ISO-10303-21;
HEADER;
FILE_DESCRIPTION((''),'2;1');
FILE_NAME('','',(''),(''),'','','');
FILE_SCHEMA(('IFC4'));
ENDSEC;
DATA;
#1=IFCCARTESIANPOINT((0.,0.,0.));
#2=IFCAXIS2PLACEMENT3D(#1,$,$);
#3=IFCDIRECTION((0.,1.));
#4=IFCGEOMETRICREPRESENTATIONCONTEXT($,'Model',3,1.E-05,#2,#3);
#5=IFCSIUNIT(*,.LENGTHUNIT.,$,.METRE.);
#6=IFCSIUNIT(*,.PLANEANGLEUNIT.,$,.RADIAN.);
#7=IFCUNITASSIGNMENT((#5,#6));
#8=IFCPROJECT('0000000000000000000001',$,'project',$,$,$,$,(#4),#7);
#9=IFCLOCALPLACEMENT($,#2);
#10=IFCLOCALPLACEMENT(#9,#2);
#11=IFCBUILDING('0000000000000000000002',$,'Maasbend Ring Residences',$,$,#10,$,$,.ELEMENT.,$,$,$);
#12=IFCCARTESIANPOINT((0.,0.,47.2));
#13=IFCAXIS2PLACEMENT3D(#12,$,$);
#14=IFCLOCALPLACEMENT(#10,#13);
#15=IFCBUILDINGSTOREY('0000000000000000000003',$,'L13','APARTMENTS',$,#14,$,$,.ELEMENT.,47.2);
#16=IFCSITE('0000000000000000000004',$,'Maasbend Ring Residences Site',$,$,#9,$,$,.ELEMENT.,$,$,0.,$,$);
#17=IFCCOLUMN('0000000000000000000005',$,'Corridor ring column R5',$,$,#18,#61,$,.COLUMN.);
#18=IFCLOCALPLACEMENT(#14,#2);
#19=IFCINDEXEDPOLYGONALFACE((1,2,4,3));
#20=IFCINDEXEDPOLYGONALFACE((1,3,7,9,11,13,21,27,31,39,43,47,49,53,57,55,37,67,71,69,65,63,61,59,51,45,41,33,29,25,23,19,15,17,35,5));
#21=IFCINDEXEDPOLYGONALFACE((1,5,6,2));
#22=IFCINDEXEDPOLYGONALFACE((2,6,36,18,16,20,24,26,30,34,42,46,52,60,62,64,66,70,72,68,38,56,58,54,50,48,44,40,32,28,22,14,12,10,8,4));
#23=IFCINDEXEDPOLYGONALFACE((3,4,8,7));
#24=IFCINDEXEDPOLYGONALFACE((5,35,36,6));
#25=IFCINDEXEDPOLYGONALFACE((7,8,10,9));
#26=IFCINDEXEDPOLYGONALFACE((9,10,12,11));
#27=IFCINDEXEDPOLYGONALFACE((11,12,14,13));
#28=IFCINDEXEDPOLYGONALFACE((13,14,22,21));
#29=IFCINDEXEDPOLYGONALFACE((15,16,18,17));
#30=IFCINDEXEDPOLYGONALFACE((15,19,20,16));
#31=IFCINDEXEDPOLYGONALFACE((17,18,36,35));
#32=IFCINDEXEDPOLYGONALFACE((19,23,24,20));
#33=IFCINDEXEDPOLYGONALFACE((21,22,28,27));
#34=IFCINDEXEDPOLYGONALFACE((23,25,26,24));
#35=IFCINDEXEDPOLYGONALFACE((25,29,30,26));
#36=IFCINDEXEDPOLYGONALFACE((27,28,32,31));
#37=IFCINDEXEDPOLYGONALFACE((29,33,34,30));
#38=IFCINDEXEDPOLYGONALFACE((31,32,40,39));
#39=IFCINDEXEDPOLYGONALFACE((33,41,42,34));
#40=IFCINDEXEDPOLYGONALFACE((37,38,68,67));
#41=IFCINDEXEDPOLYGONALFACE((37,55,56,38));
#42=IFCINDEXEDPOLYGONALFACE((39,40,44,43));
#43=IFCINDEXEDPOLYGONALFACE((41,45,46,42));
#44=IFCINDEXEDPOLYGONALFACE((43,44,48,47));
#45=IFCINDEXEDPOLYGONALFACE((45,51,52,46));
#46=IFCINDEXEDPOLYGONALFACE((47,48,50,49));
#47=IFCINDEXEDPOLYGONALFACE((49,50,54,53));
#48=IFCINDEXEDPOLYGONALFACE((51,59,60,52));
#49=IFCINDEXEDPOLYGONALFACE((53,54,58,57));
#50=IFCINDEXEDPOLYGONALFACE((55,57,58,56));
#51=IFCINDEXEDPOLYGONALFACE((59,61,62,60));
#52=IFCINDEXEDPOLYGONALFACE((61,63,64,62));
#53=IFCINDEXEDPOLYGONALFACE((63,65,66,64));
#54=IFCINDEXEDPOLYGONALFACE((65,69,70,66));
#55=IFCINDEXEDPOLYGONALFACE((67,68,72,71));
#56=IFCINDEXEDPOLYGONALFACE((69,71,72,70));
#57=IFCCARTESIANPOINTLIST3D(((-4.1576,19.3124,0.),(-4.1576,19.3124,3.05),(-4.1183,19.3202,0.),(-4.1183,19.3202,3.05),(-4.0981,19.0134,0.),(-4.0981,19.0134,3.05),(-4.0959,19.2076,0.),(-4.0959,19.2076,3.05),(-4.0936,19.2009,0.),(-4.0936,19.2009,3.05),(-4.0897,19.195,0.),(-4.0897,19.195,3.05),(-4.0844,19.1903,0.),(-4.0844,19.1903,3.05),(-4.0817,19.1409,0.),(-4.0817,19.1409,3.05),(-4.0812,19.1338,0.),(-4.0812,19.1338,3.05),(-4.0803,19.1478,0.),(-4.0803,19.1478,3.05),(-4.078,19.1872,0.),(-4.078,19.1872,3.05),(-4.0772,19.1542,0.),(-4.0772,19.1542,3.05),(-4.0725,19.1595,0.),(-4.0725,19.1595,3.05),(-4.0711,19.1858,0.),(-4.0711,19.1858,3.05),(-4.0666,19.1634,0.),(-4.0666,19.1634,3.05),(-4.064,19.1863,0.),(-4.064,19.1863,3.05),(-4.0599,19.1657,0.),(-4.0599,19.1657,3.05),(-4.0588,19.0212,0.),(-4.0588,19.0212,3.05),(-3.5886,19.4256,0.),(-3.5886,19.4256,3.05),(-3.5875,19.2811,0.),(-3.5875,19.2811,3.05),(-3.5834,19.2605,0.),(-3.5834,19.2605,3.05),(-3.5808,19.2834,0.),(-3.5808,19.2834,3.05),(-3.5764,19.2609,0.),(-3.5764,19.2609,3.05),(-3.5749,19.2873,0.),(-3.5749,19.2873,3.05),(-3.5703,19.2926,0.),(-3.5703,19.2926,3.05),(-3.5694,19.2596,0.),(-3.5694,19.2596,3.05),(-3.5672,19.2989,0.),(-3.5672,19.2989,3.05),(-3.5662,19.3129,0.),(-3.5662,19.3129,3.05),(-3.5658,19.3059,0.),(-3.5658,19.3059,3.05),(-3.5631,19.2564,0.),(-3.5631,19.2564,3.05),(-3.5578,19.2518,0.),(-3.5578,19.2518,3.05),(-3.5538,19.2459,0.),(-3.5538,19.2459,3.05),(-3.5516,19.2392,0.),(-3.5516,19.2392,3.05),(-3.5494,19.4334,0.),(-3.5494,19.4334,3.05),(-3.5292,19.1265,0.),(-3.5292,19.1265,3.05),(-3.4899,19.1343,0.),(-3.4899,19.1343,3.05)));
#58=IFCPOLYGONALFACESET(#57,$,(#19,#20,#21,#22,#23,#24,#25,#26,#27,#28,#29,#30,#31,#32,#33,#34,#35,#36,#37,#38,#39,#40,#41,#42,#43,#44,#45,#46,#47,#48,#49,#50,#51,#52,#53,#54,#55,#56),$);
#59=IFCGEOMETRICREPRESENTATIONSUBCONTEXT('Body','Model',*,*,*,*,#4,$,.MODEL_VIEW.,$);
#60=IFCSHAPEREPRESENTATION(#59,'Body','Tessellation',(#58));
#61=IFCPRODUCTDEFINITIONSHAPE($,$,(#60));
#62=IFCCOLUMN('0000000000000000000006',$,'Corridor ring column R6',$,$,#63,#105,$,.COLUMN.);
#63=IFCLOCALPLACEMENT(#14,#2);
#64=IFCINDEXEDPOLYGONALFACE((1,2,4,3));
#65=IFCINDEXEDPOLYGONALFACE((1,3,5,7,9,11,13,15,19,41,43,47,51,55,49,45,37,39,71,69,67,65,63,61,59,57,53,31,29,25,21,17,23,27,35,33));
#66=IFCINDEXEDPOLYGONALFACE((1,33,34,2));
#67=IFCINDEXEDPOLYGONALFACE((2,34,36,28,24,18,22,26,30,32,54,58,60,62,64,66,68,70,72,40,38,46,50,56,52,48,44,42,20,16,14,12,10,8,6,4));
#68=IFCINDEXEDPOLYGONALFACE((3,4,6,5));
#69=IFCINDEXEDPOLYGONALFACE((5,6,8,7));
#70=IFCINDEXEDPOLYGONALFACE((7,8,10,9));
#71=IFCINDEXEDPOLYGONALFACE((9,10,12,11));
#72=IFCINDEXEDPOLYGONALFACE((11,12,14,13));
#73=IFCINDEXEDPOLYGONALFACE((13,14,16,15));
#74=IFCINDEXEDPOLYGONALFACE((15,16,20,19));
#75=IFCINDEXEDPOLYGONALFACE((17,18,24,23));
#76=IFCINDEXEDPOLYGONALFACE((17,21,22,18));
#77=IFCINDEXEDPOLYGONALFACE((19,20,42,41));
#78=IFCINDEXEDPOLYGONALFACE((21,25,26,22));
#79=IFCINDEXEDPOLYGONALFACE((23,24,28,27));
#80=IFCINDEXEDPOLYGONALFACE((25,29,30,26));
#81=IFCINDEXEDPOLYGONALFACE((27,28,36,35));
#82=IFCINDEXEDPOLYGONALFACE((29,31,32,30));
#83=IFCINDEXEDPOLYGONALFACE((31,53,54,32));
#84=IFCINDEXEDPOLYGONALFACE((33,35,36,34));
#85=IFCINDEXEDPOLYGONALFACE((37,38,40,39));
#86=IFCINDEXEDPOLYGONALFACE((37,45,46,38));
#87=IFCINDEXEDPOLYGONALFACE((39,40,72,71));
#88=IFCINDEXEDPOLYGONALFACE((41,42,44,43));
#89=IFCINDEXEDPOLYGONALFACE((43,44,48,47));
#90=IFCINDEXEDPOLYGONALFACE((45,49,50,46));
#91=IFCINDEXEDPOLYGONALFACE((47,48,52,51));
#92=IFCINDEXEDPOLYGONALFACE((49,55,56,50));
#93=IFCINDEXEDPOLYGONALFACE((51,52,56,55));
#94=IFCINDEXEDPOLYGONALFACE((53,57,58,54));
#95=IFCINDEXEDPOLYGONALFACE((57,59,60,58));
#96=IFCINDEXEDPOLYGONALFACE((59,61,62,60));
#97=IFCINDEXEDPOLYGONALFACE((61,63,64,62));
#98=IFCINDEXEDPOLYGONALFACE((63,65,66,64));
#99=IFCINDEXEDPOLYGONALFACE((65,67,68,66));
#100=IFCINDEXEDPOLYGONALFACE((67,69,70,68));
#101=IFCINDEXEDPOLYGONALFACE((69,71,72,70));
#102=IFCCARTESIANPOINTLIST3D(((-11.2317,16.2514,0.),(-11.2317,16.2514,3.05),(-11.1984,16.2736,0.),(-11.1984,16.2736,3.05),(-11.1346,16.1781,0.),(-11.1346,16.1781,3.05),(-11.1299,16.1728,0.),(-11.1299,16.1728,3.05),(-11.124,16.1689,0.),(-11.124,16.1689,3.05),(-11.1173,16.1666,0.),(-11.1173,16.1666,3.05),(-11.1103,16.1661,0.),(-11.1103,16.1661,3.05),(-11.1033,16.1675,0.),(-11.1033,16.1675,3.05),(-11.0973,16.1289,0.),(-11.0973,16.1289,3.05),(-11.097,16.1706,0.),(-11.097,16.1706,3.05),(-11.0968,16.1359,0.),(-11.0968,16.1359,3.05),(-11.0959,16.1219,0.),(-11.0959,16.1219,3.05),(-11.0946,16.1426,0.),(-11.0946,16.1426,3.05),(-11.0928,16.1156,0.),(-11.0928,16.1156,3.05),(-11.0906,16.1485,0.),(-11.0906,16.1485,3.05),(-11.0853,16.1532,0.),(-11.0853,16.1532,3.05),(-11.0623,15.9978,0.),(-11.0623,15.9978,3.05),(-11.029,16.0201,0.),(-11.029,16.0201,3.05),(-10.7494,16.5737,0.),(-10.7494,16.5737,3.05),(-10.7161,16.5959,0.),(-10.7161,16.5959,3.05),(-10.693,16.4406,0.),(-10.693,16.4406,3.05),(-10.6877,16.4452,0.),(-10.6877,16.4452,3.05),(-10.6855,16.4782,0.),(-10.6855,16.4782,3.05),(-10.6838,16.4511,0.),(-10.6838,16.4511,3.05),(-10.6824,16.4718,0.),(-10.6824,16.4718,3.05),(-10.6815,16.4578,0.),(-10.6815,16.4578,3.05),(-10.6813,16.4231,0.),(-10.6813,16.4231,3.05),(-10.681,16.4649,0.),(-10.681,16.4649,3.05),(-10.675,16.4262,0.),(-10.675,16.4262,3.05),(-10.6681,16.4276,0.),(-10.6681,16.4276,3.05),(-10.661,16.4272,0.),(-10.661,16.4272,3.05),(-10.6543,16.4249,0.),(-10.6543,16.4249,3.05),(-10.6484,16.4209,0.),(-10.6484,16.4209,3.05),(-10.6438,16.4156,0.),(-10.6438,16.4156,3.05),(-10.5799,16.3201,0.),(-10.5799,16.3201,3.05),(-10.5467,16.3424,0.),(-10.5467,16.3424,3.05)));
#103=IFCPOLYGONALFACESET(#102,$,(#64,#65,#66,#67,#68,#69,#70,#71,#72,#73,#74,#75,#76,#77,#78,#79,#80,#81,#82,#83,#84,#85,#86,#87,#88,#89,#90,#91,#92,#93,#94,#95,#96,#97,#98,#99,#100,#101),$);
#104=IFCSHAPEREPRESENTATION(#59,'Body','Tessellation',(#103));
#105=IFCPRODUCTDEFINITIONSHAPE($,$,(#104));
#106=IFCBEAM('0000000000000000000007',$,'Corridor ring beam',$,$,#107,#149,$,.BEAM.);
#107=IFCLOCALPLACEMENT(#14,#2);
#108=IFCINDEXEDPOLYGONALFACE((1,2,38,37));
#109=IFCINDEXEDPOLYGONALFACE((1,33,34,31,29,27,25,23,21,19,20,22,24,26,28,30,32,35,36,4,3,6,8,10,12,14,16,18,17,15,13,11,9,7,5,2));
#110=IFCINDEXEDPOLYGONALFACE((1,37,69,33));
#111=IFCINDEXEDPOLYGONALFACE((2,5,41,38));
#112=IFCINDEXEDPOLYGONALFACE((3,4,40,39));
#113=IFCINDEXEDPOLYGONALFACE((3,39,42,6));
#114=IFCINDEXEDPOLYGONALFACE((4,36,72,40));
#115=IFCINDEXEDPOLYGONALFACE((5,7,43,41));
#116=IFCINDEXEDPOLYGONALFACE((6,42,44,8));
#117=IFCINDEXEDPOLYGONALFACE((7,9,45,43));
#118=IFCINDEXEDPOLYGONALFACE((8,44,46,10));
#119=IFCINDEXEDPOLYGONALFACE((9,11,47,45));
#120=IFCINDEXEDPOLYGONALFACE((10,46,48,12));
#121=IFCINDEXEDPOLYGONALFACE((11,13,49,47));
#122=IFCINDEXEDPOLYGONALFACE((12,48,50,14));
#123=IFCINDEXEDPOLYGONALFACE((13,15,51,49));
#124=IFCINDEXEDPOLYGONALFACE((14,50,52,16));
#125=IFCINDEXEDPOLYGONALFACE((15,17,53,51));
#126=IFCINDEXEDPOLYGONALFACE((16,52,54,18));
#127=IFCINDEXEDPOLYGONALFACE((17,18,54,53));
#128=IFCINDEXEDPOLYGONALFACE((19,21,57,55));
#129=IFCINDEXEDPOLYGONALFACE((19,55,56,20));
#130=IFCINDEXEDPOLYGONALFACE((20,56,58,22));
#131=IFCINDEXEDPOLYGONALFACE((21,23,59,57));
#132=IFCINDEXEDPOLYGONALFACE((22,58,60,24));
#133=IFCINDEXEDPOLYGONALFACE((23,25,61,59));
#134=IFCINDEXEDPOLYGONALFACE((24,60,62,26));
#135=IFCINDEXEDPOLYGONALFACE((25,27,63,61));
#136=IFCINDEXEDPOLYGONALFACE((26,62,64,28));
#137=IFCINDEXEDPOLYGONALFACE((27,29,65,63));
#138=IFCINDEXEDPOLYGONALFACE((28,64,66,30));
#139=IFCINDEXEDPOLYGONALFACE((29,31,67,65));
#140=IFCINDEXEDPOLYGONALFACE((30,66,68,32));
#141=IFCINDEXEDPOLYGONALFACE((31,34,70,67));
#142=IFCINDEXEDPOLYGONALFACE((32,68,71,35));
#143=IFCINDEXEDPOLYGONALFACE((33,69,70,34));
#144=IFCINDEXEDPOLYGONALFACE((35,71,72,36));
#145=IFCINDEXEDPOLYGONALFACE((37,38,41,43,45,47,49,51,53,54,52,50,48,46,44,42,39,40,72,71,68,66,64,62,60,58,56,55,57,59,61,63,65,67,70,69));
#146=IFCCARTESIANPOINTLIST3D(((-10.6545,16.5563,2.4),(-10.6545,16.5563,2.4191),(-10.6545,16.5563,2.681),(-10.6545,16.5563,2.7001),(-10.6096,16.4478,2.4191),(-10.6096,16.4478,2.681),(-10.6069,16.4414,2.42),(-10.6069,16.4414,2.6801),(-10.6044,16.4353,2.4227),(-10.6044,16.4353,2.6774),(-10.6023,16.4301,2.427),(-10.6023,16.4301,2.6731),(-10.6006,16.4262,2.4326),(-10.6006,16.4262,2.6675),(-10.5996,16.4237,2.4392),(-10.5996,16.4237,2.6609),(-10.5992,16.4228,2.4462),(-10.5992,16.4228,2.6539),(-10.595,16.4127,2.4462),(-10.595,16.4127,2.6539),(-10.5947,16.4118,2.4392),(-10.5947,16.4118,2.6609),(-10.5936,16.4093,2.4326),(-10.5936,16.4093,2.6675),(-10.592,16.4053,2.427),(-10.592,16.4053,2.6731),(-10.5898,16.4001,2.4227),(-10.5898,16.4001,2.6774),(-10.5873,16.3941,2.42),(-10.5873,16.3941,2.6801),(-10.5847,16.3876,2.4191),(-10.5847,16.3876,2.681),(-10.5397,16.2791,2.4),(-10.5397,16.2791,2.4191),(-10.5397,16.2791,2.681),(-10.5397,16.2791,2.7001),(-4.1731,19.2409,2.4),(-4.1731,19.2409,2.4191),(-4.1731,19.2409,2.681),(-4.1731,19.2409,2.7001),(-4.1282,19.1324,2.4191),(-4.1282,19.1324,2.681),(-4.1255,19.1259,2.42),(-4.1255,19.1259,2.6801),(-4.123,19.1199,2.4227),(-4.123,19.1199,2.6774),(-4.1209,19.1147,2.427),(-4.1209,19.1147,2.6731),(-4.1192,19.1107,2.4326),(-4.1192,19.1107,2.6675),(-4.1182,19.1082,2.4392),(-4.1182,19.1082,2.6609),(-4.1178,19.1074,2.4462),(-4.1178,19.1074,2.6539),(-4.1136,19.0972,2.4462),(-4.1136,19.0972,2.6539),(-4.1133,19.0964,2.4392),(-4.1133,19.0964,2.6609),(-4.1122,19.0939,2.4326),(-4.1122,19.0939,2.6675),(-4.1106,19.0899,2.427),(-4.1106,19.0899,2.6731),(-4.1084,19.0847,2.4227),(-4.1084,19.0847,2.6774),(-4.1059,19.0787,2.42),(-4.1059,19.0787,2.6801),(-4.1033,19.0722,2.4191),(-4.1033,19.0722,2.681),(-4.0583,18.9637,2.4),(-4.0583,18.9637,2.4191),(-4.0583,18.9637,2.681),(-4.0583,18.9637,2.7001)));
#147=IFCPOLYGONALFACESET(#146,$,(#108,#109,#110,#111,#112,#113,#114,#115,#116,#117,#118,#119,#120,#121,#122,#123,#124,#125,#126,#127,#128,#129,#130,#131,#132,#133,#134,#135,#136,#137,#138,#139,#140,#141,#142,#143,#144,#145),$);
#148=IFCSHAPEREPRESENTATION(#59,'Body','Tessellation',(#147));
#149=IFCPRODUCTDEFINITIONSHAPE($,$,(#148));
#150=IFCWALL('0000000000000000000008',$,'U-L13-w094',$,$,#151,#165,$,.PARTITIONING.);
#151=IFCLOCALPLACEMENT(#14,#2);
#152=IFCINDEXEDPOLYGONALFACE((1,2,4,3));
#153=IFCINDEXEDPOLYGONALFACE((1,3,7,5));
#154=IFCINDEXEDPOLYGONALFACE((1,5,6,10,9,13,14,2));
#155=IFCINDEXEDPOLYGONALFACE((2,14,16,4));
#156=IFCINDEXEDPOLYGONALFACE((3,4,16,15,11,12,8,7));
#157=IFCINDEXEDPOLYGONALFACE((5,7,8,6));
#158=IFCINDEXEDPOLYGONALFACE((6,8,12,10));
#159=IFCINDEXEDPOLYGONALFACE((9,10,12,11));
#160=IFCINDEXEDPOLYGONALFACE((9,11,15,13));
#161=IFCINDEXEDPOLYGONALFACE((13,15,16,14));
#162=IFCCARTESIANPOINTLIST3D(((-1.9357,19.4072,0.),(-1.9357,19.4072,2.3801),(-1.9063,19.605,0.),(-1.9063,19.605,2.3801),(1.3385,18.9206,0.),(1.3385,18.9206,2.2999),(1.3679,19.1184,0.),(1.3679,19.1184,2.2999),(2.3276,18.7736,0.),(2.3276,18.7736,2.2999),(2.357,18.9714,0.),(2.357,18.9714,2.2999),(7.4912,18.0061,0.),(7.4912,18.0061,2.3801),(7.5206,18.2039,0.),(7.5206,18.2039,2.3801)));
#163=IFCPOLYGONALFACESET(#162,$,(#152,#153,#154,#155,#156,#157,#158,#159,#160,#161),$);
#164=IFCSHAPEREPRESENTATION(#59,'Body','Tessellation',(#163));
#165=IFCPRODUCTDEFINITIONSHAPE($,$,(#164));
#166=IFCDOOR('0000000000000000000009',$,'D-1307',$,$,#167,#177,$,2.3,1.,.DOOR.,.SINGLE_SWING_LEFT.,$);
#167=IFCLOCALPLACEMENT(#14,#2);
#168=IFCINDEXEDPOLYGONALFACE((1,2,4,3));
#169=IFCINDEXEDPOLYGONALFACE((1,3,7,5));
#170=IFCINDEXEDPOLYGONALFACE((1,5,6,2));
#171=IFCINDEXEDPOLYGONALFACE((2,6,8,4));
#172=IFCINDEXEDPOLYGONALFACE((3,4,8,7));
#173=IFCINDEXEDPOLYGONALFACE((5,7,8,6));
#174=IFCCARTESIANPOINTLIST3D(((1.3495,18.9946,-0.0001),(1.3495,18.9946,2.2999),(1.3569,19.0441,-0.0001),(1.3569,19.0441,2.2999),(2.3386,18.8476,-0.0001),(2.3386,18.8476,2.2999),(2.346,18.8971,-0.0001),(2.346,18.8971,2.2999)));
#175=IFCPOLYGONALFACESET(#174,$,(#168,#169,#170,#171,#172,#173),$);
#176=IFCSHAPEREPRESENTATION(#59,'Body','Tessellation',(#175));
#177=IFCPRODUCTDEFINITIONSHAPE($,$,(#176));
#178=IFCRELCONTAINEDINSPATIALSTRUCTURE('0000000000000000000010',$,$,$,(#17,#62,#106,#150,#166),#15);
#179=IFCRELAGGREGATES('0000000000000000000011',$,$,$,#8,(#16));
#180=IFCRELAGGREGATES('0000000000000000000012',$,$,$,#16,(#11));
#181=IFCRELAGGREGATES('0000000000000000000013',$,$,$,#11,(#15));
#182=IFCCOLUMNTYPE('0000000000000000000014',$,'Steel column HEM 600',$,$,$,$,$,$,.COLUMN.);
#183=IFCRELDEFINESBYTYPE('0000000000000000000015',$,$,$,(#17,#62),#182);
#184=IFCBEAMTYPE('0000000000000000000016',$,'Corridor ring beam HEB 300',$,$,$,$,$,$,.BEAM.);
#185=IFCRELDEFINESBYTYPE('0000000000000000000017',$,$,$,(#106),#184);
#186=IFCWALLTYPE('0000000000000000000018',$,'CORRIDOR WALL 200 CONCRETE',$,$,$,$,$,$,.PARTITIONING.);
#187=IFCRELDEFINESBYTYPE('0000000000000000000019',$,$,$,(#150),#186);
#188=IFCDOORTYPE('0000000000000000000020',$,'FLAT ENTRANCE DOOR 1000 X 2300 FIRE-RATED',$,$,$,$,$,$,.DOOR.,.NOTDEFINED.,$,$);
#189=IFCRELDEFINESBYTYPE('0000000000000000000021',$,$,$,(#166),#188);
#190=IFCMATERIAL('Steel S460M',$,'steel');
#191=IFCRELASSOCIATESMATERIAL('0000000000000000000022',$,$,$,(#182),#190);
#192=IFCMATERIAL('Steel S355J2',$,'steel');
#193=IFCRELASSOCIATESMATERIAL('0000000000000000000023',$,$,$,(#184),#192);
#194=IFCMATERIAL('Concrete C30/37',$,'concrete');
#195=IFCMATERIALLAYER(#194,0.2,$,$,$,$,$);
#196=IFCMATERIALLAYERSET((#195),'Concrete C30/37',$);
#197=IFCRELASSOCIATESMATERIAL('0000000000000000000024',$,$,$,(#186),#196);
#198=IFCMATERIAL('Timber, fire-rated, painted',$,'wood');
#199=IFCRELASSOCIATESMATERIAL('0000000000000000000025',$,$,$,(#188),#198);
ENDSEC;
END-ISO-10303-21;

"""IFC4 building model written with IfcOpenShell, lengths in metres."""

from ifc_helpers import new_model, si_unit, direction, frame, frame_2d, origin, origin_2d, place, context, subcontext, project, spatial, rectangle, i_section, extrude, material, layer, layer_set, material_profile, profile_set, type_object, element, fill, save


model = new_model("IFC4")

# Units and contexts
model_context = context("Model", 3, precision=1e-05, world=origin(), true_north=direction((0.0, 1.0)))
body_context = subcontext(model_context, "Body", "Model", "MODEL_VIEW")
ifc_project = project(units=[si_unit("LENGTHUNIT", "METRE"), si_unit("PLANEANGLEUNIT", "RADIAN")], contexts=[model_context])

# Site, building, storey
site_placement = place(None, origin())
site = spatial("IfcSite", under=ifc_project, at=site_placement, Name="Maasbend Ring Residences Site", CompositionType="ELEMENT", RefElevation=0.0)
building_placement = place(site_placement, origin())
building = spatial("IfcBuilding", under=site, at=building_placement, Name="Maasbend Ring Residences", CompositionType="ELEMENT")
storey_placement = place(building_placement, frame((0.0, 0.0, 47.2)))
storey = spatial("IfcBuildingStorey", under=building, at=storey_placement, Name="L13", Description="APARTMENTS", CompositionType="ELEMENT", Elevation=47.2)

# Columns
ifc_material_1 = material(Name="Steel S460M", Category="steel")
ifc_material_profile_1 = material_profile(ifc_material_1, i_section(OverallWidth=0.3049, OverallDepth=0.6201, WebThickness=0.021, FlangeThickness=0.04, FilletRadius=0.0271, at=origin_2d()), Name="HEM 600")
ifc_profile_set_1 = profile_set([ifc_material_profile_1], Name="Steel S460M")
column_type = type_object("IfcColumnType", Name="Steel column HEM 600", PredefinedType="COLUMN", material=ifc_profile_set_1)
for number, where, z_axis, x_axis, name in (
    (1, (-3.8237, 19.2234, 0.0), (0.0, 0.0, 1.0), (-0.19509, 0.980785, 0.0), "Corridor ring column R5"),
    (2, (-10.8892, 16.2969, 0.0), (0.0, 0.0, 1.0), (-0.55557, 0.83147, 0.0), "Corridor ring column R6"),
):
    element("IfcColumn", number, at=place(storey_placement, frame(where, z_axis=z_axis, x_axis=x_axis)), inside=storey, type_object=column_type, Name=name, PredefinedType="COLUMN", context=body_context, shape_type="SweptSolid", body=[
        extrude(i_section(OverallWidth=0.3049, OverallDepth=0.6201, WebThickness=0.021, FlangeThickness=0.04, FilletRadius=0.0271, at=origin_2d()), origin(), (0.0, 0.0, 1.0), 3.05),
    ])

# Beam
ifc_material_2 = material(Name="Steel S355J2", Category="steel")
ifc_material_profile_2 = material_profile(ifc_material_2, i_section(OverallWidth=0.3, OverallDepth=0.3, WebThickness=0.011, FlangeThickness=0.019, FilletRadius=0.0271, at=origin_2d()), Name="HEB 300")
ifc_profile_set_2 = profile_set([ifc_material_profile_2], Name="Steel S355J2")
beam_type = type_object("IfcBeamType", Name="Corridor ring beam HEB 300", PredefinedType="BEAM", material=ifc_profile_set_2)
beam_placement = place(storey_placement, frame((-4.1157, 19.1023, 2.55), z_axis=(-0.923886, -0.382667, 0.0), x_axis=(0.382667, -0.923886, 0.0)))
element("IfcBeam", 3, at=beam_placement, inside=storey, type_object=beam_type, Name="Corridor ring beam", PredefinedType="BEAM", context=body_context, shape_type="SweptSolid", body=[
    extrude(i_section(OverallWidth=0.3, OverallDepth=0.3, WebThickness=0.011, FlangeThickness=0.019, FilletRadius=0.0271, at=origin_2d()), origin(), (0.0, 0.0, 1.0), 7.0154),
])

# Wall, opening, door
ifc_material_3 = material(Name="Concrete C30/37", Category="concrete")
ifc_layer_1 = layer(ifc_material_3, 0.2)
ifc_layer_set_1 = layer_set([ifc_layer_1], Name="Concrete C30/37")
wall_type_1 = type_object("IfcWallType", Name="CORRIDOR WALL 200 CONCRETE", PredefinedType="PARTITIONING", material=ifc_layer_set_1)
wall_1_placement = place(storey_placement, frame((-1.9209, 19.5061, 0.0), z_axis=(0.0, 0.0, 1.0), x_axis=(0.989134, -0.147014, 0.0)))
wall_1 = element("IfcWall", 4, at=wall_1_placement, inside=storey, type_object=wall_type_1, Name="U-L13-w094", PredefinedType="PARTITIONING", context=body_context, shape_type="SweptSolid", body=[
    extrude(rectangle(XDim=9.5305, YDim=0.2, at=frame_2d((4.7651, 0.0))), origin(), (0.0, 0.0, 1.0), 2.3801),
])
opening_1_placement = place(wall_1_placement, frame((3.3101, 0.0, 0.0)))
opening_1 = element("IfcOpeningElement", 5, at=opening_1_placement, cuts=wall_1, PredefinedType="OPENING", context=body_context, shape_type="SweptSolid", body=[
    extrude(rectangle(XDim=1.0, YDim=2.3, at=frame_2d((0.5, 1.1499))), frame((0.0, 0.1099, 0.0), z_axis=(0.0, -1.0, 0.0), x_axis=(1.0, 0.0, 0.0)), (0.0, 0.0, 1.0), 0.22),
])
ifc_material_4 = material(Name="Timber, fire-rated, painted", Category="wood")
door_type_1 = type_object("IfcDoorType", Name="FLAT ENTRANCE DOOR 1000 X 2300 FIRE-RATED", OperationType="NOTDEFINED", PredefinedType="DOOR", material=ifc_material_4)
door_1_placement = place(opening_1_placement, origin())
door_1 = element("IfcDoor", 6, at=door_1_placement, inside=storey, type_object=door_type_1, Name="D-1307", OperationType="SINGLE_SWING_LEFT", OverallHeight=2.3, OverallWidth=1.0, PredefinedType="DOOR", context=body_context, shape_type="SweptSolid", body=[
    extrude(rectangle(XDim=1.0, YDim=2.3, at=frame_2d((0.5, 1.1499))), frame((0.0, 0.0249, 0.0), z_axis=(0.0, -1.0, 0.0), x_axis=(1.0, 0.0, 0.0)), (0.0, 0.0, 1.0), 0.05),
])
fill(opening_1, door_1)

save(model, "model.ifc")
